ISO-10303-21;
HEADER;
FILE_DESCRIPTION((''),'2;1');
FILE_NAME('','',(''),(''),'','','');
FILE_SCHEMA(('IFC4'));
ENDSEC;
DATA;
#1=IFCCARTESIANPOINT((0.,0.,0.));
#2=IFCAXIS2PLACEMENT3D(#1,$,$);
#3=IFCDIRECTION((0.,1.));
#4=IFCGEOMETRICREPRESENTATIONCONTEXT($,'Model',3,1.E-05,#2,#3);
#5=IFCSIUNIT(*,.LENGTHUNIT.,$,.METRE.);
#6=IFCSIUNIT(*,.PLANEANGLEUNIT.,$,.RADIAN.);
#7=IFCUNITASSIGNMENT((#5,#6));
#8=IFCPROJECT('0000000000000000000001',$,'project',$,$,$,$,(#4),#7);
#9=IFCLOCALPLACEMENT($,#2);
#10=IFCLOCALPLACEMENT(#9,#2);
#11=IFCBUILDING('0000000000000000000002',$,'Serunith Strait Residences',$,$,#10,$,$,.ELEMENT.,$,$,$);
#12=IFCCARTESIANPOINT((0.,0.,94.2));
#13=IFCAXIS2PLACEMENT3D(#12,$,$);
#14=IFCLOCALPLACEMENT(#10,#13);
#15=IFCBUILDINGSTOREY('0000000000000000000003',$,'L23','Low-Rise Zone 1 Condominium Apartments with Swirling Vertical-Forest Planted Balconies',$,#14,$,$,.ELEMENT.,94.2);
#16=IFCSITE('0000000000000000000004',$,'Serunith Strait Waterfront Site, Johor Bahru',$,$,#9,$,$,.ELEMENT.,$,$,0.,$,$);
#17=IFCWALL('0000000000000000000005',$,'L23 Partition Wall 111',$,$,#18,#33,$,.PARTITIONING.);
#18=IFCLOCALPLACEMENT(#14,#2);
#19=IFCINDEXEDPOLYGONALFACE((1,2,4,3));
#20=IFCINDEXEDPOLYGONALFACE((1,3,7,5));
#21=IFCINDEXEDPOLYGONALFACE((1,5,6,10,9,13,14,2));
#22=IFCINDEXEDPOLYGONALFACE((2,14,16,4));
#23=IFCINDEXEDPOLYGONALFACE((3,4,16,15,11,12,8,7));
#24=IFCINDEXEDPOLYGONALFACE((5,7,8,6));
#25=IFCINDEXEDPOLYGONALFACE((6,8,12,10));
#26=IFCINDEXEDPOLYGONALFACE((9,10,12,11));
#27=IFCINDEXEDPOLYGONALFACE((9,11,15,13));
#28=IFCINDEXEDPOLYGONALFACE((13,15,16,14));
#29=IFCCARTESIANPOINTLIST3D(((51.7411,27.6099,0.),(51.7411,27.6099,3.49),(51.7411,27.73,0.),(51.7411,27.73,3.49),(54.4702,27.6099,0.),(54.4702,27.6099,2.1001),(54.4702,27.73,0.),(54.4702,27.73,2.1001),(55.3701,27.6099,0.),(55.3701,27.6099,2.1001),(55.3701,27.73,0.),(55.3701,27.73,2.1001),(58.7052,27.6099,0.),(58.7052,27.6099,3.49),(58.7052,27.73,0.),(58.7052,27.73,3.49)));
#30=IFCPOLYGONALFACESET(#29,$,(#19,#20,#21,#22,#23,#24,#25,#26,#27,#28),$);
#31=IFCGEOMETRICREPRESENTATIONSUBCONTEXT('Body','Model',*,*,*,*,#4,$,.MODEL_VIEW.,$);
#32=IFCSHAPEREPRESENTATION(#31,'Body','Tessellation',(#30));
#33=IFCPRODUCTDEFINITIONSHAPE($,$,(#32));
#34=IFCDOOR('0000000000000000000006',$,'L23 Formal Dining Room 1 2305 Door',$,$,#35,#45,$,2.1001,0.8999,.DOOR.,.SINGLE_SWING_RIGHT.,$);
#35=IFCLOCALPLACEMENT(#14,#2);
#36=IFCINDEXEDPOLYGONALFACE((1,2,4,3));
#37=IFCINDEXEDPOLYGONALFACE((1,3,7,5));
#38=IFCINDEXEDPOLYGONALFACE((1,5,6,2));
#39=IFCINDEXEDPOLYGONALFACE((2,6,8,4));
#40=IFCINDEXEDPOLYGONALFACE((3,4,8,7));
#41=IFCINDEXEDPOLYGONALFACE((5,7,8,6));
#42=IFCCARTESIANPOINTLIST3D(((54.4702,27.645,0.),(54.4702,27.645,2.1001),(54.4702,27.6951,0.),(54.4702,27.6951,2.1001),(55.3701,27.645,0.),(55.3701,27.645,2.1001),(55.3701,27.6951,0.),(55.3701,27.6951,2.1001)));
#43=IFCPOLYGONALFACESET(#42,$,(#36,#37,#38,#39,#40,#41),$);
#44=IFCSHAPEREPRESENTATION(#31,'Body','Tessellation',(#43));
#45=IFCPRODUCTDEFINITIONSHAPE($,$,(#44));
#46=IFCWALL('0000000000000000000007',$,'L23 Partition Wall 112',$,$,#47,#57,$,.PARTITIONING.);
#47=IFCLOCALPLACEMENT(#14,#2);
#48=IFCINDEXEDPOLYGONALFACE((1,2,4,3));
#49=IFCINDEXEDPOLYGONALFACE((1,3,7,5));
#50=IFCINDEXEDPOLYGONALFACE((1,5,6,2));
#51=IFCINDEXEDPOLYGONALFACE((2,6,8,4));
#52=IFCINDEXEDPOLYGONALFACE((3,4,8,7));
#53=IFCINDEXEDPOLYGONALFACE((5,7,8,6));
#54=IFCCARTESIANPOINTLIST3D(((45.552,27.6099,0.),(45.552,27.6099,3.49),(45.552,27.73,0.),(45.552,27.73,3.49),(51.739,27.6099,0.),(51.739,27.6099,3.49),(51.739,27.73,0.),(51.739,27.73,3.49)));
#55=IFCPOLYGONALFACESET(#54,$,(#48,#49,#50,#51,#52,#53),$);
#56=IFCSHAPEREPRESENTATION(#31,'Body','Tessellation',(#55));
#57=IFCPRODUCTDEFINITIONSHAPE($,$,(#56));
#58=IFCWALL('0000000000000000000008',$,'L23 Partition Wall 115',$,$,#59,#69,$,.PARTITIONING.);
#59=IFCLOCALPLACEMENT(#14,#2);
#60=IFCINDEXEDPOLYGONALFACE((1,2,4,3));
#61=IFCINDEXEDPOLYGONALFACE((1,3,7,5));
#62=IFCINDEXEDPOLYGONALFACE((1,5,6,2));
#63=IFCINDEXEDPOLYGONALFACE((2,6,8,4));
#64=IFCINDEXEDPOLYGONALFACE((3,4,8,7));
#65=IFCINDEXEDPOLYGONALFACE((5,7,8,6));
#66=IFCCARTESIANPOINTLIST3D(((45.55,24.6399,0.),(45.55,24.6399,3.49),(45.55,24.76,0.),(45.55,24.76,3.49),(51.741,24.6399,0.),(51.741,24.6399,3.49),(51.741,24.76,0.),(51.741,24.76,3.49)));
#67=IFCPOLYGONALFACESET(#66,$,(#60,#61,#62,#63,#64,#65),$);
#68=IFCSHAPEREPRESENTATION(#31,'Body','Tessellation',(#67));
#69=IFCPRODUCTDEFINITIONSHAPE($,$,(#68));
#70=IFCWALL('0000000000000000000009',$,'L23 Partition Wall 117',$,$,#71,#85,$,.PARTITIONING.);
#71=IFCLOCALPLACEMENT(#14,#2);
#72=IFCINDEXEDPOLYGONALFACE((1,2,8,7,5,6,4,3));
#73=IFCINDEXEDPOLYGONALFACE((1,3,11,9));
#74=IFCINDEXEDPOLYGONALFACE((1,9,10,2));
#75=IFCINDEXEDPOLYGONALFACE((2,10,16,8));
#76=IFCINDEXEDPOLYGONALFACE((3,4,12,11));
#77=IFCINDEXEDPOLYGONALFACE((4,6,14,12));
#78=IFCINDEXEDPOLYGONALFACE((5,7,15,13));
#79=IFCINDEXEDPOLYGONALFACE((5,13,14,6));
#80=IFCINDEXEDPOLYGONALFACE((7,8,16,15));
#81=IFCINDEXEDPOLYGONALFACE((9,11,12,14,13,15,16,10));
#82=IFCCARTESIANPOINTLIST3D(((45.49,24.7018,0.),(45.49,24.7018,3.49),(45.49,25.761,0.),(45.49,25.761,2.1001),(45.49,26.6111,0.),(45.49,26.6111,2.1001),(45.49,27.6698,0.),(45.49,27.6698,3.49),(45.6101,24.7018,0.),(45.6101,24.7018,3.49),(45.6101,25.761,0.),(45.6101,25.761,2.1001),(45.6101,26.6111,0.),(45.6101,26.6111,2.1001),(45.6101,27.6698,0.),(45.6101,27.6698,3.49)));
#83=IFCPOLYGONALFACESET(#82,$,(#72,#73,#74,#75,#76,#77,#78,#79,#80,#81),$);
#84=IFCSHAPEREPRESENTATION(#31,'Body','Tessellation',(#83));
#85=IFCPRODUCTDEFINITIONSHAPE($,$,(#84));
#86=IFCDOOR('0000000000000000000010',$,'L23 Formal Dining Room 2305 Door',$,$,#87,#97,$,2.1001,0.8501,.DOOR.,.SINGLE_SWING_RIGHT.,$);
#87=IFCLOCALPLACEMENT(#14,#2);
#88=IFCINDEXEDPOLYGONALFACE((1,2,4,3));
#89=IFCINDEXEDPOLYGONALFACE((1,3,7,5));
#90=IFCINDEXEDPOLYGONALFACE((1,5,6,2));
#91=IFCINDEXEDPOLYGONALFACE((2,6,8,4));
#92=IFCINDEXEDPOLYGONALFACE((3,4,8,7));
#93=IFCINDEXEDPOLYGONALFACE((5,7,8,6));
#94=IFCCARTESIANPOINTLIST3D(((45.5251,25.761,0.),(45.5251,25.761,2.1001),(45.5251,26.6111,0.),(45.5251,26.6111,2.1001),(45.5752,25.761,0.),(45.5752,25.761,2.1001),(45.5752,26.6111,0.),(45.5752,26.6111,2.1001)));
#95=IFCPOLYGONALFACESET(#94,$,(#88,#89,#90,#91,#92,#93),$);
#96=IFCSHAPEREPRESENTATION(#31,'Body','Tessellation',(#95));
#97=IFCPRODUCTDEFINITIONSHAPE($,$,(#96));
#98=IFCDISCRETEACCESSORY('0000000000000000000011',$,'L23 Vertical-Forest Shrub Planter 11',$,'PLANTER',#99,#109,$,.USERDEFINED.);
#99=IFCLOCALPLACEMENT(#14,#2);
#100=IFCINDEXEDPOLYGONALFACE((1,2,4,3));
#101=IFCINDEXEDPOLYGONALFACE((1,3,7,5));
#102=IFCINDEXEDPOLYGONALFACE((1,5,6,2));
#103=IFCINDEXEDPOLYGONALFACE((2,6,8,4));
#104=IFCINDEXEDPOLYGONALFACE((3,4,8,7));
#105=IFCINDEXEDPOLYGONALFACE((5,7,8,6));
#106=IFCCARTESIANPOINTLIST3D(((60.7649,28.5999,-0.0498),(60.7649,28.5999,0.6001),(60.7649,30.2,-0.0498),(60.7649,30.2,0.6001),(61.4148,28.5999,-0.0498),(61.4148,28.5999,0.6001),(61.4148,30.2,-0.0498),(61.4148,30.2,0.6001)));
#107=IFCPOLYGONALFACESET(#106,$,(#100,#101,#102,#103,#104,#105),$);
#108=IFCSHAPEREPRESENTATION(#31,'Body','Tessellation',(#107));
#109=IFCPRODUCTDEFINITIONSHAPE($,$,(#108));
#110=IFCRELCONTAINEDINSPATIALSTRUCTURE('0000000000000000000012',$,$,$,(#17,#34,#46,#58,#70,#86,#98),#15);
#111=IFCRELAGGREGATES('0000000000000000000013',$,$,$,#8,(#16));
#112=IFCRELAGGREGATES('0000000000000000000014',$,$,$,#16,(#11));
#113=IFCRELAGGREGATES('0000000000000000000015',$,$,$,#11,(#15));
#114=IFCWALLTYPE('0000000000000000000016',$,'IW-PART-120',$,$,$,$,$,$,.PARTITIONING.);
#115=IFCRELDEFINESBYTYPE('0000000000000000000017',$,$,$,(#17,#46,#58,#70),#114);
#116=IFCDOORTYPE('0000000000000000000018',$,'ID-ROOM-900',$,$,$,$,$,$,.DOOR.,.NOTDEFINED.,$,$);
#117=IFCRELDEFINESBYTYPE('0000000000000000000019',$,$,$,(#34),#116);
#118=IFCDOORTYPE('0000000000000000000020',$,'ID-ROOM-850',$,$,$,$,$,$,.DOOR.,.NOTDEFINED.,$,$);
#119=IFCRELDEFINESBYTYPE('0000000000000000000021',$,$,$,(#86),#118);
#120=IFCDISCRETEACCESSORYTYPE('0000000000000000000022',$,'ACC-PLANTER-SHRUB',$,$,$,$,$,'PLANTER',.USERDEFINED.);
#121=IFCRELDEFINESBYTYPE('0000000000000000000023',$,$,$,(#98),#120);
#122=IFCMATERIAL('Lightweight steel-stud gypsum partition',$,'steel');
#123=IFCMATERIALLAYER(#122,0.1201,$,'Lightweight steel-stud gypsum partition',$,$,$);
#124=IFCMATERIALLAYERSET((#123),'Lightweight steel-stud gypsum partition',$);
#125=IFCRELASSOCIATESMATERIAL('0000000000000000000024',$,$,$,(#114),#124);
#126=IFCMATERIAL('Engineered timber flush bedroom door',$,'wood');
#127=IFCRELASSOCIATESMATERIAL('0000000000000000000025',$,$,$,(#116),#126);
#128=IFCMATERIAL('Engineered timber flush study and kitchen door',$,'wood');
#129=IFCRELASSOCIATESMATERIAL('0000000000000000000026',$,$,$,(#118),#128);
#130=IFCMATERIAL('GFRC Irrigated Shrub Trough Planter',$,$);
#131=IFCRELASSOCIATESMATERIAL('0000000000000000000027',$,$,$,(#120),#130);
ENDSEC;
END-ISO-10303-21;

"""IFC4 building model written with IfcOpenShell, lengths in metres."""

from ifc_helpers import new_model, si_unit, direction, frame, frame_2d, origin, origin_2d, place, context, subcontext, project, spatial, rectangle, extrude, source, transform, mapped, material, layer, layer_set, type_object, element, fill, save


model = new_model("IFC4")

# Units and contexts
model_context = context("Model", 3, precision=1e-05, world=origin(), true_north=direction((0.0, 1.0)))
body_context = subcontext(model_context, "Body", "Model", "MODEL_VIEW")
ifc_project = project(units=[si_unit("LENGTHUNIT", "METRE"), si_unit("PLANEANGLEUNIT", "RADIAN")], contexts=[model_context])

# Site, building, storey
site_placement = place(None, origin())
site = spatial("IfcSite", under=ifc_project, at=site_placement, Name="Serunith Strait Waterfront Site, Johor Bahru", CompositionType="ELEMENT", RefElevation=0.0)
building_placement = place(site_placement, origin())
building = spatial("IfcBuilding", under=site, at=building_placement, Name="Serunith Strait Residences", CompositionType="ELEMENT")
storey_placement = place(building_placement, frame((0.0, 0.0, 94.2)))
storey = spatial("IfcBuildingStorey", under=building, at=storey_placement, Name="L23", Description="Low-Rise Zone 1 Condominium Apartments with Swirling Vertical-Forest Planted Balconies", CompositionType="ELEMENT", Elevation=94.2)

# Shared definitions
ifc_material_1 = material(Name="Lightweight steel-stud gypsum partition", Category="steel")
ifc_layer_1 = layer(ifc_material_1, 0.1201, Name="Lightweight steel-stud gypsum partition")
ifc_layer_set_1 = layer_set([ifc_layer_1], Name="Lightweight steel-stud gypsum partition")
wall_type = type_object("IfcWallType", Name="IW-PART-120", PredefinedType="PARTITIONING", material=ifc_layer_set_1)
ifc_material_2 = material(Name="Engineered timber flush bedroom door", Category="wood")
door_type_1 = type_object("IfcDoorType", Name="ID-ROOM-900", OperationType="NOTDEFINED", PredefinedType="DOOR", material=ifc_material_2)
shared_shape_1 = source(origin(), body_context, "Body", "SweptSolid", [
    extrude(rectangle(XDim=0.8999, YDim=2.1001, at=frame_2d((0.45, 1.05))), frame((0.0, 0.0249, 0.0), z_axis=(0.0, -1.0, 0.0), x_axis=(1.0, 0.0, 0.0)), (0.0, 0.0, 1.0), 0.05),
])
ifc_material_3 = material(Name="Engineered timber flush study and kitchen door", Category="wood")
door_type_2 = type_object("IfcDoorType", Name="ID-ROOM-850", OperationType="NOTDEFINED", PredefinedType="DOOR", material=ifc_material_3)
shared_shape_2 = source(origin(), body_context, "Body", "SweptSolid", [
    extrude(rectangle(XDim=0.8501, YDim=2.1001, at=frame_2d((0.425, 1.05))), frame((0.0, 0.0249, 0.0), z_axis=(0.0, -1.0, 0.0), x_axis=(1.0, 0.0, 0.0)), (0.0, 0.0, 1.0), 0.05),
])

# Wall, opening, door
wall_1_placement = place(storey_placement, frame((58.7051, 27.6699, 0.0), z_axis=(0.0, 0.0, 1.0), x_axis=(-1.0, 0.0, 0.0)))
wall_1 = element("IfcWall", 1, at=wall_1_placement, inside=storey, type_object=wall_type, Name="L23 Partition Wall 111", PredefinedType="PARTITIONING", context=body_context, shape_type="SweptSolid", body=[
    extrude(rectangle(XDim=6.9641, YDim=0.1201, at=frame_2d((3.4819, 0.0))), origin(), (0.0, 0.0, 1.0), 3.49),
])
opening_1_placement = place(wall_1_placement, frame((3.335, 0.0, 0.0)))
opening_1 = element("IfcOpeningElement", 2, at=opening_1_placement, cuts=wall_1, PredefinedType="OPENING", context=body_context, shape_type="SweptSolid", body=[
    extrude(rectangle(XDim=0.8999, YDim=2.1001, at=frame_2d((0.45, 1.05))), frame((0.0, 0.0701, 0.0), z_axis=(0.0, -1.0, 0.0), x_axis=(1.0, 0.0, 0.0)), (0.0, 0.0, 1.0), 0.1401),
])
door_1_placement = place(opening_1_placement, origin())
door_1 = element("IfcDoor", 3, at=door_1_placement, inside=storey, type_object=door_type_1, Name="L23 Formal Dining Room 1 2305 Door", OperationType="SINGLE_SWING_RIGHT", OverallHeight=2.1001, OverallWidth=0.8999, PredefinedType="DOOR", context=body_context, shape_type="MappedRepresentation", body=[
    mapped(shared_shape_1, transform((0.0, 0.0, 0.0), scale=1.0)),
])
fill(opening_1, door_1)

# Walls
wall_2_placement = place(storey_placement, frame((51.739, 27.6699, 0.0), z_axis=(0.0, 0.0, 1.0), x_axis=(-1.0, 0.0, 0.0)))
element("IfcWall", 4, at=wall_2_placement, inside=storey, type_object=wall_type, Name="L23 Partition Wall 112", PredefinedType="PARTITIONING", context=body_context, shape_type="SweptSolid", body=[
    extrude(rectangle(XDim=6.187, YDim=0.1201, at=frame_2d((3.0935, 0.0))), origin(), (0.0, 0.0, 1.0), 3.49),
])
wall_3_placement = place(storey_placement, frame((51.741, 24.7, 0.0), z_axis=(0.0, 0.0, 1.0), x_axis=(-1.0, 0.0, 0.0)))
element("IfcWall", 5, at=wall_3_placement, inside=storey, type_object=wall_type, Name="L23 Partition Wall 115", PredefinedType="PARTITIONING", context=body_context, shape_type="SweptSolid", body=[
    extrude(rectangle(XDim=6.1909, YDim=0.1201, at=frame_2d((3.0955, 0.0))), origin(), (0.0, 0.0, 1.0), 3.49),
])

# Wall, opening, door
wall_4_placement = place(storey_placement, frame((45.55, 24.7019, 0.0), z_axis=(0.0, 0.0, 1.0), x_axis=(0.0, 1.0, 0.0)))
wall_4 = element("IfcWall", 6, at=wall_4_placement, inside=storey, type_object=wall_type, Name="L23 Partition Wall 117", PredefinedType="PARTITIONING", context=body_context, shape_type="SweptSolid", body=[
    extrude(rectangle(XDim=2.968, YDim=0.1201, at=frame_2d((1.4839, 0.0))), origin(), (0.0, 0.0, 1.0), 3.49),
])
opening_2_placement = place(wall_4_placement, frame((1.0591, 0.0, 0.0)))
opening_2 = element("IfcOpeningElement", 7, at=opening_2_placement, cuts=wall_4, PredefinedType="OPENING", context=body_context, shape_type="SweptSolid", body=[
    extrude(rectangle(XDim=0.8501, YDim=2.1001, at=frame_2d((0.425, 1.05))), frame((0.0, 0.0701, 0.0), z_axis=(0.0, -1.0, 0.0), x_axis=(1.0, 0.0, 0.0)), (0.0, 0.0, 1.0), 0.1401),
])
door_2_placement = place(opening_2_placement, origin())
door_2 = element("IfcDoor", 8, at=door_2_placement, inside=storey, type_object=door_type_2, Name="L23 Formal Dining Room 2305 Door", OperationType="SINGLE_SWING_RIGHT", OverallHeight=2.1001, OverallWidth=0.8501, PredefinedType="DOOR", context=body_context, shape_type="MappedRepresentation", body=[
    mapped(shared_shape_2, transform((0.0, 0.0, 0.0), scale=1.0)),
])
fill(opening_2, door_2)

# Discrete accessory
ifc_material_4 = material(Name="GFRC Irrigated Shrub Trough Planter")
discrete_accessory_type = type_object("IfcDiscreteAccessoryType", Name="ACC-PLANTER-SHRUB", ElementType="PLANTER", PredefinedType="USERDEFINED", material=ifc_material_4)
shared_shape_3 = source(origin(), body_context, "Body", "SweptSolid", [
    extrude(rectangle(XDim=1.6001, YDim=0.6499, at=origin_2d()), origin(), (0.0, 0.0, 1.0), 0.6499),
])
discrete_accessory_placement = place(storey_placement, frame((61.0898, 29.3999, -0.0498), z_axis=(0.0, 0.0, 1.0), x_axis=(0.0, 1.0, 0.0)))
element("IfcDiscreteAccessory", 9, at=discrete_accessory_placement, inside=storey, type_object=discrete_accessory_type, Name="L23 Vertical-Forest Shrub Planter 11", ObjectType="PLANTER", PredefinedType="USERDEFINED", context=body_context, shape_type="MappedRepresentation", body=[
    mapped(shared_shape_3, transform((0.0, 0.0, 0.0), scale=1.0)),
])

save(model, "model.ifc")
